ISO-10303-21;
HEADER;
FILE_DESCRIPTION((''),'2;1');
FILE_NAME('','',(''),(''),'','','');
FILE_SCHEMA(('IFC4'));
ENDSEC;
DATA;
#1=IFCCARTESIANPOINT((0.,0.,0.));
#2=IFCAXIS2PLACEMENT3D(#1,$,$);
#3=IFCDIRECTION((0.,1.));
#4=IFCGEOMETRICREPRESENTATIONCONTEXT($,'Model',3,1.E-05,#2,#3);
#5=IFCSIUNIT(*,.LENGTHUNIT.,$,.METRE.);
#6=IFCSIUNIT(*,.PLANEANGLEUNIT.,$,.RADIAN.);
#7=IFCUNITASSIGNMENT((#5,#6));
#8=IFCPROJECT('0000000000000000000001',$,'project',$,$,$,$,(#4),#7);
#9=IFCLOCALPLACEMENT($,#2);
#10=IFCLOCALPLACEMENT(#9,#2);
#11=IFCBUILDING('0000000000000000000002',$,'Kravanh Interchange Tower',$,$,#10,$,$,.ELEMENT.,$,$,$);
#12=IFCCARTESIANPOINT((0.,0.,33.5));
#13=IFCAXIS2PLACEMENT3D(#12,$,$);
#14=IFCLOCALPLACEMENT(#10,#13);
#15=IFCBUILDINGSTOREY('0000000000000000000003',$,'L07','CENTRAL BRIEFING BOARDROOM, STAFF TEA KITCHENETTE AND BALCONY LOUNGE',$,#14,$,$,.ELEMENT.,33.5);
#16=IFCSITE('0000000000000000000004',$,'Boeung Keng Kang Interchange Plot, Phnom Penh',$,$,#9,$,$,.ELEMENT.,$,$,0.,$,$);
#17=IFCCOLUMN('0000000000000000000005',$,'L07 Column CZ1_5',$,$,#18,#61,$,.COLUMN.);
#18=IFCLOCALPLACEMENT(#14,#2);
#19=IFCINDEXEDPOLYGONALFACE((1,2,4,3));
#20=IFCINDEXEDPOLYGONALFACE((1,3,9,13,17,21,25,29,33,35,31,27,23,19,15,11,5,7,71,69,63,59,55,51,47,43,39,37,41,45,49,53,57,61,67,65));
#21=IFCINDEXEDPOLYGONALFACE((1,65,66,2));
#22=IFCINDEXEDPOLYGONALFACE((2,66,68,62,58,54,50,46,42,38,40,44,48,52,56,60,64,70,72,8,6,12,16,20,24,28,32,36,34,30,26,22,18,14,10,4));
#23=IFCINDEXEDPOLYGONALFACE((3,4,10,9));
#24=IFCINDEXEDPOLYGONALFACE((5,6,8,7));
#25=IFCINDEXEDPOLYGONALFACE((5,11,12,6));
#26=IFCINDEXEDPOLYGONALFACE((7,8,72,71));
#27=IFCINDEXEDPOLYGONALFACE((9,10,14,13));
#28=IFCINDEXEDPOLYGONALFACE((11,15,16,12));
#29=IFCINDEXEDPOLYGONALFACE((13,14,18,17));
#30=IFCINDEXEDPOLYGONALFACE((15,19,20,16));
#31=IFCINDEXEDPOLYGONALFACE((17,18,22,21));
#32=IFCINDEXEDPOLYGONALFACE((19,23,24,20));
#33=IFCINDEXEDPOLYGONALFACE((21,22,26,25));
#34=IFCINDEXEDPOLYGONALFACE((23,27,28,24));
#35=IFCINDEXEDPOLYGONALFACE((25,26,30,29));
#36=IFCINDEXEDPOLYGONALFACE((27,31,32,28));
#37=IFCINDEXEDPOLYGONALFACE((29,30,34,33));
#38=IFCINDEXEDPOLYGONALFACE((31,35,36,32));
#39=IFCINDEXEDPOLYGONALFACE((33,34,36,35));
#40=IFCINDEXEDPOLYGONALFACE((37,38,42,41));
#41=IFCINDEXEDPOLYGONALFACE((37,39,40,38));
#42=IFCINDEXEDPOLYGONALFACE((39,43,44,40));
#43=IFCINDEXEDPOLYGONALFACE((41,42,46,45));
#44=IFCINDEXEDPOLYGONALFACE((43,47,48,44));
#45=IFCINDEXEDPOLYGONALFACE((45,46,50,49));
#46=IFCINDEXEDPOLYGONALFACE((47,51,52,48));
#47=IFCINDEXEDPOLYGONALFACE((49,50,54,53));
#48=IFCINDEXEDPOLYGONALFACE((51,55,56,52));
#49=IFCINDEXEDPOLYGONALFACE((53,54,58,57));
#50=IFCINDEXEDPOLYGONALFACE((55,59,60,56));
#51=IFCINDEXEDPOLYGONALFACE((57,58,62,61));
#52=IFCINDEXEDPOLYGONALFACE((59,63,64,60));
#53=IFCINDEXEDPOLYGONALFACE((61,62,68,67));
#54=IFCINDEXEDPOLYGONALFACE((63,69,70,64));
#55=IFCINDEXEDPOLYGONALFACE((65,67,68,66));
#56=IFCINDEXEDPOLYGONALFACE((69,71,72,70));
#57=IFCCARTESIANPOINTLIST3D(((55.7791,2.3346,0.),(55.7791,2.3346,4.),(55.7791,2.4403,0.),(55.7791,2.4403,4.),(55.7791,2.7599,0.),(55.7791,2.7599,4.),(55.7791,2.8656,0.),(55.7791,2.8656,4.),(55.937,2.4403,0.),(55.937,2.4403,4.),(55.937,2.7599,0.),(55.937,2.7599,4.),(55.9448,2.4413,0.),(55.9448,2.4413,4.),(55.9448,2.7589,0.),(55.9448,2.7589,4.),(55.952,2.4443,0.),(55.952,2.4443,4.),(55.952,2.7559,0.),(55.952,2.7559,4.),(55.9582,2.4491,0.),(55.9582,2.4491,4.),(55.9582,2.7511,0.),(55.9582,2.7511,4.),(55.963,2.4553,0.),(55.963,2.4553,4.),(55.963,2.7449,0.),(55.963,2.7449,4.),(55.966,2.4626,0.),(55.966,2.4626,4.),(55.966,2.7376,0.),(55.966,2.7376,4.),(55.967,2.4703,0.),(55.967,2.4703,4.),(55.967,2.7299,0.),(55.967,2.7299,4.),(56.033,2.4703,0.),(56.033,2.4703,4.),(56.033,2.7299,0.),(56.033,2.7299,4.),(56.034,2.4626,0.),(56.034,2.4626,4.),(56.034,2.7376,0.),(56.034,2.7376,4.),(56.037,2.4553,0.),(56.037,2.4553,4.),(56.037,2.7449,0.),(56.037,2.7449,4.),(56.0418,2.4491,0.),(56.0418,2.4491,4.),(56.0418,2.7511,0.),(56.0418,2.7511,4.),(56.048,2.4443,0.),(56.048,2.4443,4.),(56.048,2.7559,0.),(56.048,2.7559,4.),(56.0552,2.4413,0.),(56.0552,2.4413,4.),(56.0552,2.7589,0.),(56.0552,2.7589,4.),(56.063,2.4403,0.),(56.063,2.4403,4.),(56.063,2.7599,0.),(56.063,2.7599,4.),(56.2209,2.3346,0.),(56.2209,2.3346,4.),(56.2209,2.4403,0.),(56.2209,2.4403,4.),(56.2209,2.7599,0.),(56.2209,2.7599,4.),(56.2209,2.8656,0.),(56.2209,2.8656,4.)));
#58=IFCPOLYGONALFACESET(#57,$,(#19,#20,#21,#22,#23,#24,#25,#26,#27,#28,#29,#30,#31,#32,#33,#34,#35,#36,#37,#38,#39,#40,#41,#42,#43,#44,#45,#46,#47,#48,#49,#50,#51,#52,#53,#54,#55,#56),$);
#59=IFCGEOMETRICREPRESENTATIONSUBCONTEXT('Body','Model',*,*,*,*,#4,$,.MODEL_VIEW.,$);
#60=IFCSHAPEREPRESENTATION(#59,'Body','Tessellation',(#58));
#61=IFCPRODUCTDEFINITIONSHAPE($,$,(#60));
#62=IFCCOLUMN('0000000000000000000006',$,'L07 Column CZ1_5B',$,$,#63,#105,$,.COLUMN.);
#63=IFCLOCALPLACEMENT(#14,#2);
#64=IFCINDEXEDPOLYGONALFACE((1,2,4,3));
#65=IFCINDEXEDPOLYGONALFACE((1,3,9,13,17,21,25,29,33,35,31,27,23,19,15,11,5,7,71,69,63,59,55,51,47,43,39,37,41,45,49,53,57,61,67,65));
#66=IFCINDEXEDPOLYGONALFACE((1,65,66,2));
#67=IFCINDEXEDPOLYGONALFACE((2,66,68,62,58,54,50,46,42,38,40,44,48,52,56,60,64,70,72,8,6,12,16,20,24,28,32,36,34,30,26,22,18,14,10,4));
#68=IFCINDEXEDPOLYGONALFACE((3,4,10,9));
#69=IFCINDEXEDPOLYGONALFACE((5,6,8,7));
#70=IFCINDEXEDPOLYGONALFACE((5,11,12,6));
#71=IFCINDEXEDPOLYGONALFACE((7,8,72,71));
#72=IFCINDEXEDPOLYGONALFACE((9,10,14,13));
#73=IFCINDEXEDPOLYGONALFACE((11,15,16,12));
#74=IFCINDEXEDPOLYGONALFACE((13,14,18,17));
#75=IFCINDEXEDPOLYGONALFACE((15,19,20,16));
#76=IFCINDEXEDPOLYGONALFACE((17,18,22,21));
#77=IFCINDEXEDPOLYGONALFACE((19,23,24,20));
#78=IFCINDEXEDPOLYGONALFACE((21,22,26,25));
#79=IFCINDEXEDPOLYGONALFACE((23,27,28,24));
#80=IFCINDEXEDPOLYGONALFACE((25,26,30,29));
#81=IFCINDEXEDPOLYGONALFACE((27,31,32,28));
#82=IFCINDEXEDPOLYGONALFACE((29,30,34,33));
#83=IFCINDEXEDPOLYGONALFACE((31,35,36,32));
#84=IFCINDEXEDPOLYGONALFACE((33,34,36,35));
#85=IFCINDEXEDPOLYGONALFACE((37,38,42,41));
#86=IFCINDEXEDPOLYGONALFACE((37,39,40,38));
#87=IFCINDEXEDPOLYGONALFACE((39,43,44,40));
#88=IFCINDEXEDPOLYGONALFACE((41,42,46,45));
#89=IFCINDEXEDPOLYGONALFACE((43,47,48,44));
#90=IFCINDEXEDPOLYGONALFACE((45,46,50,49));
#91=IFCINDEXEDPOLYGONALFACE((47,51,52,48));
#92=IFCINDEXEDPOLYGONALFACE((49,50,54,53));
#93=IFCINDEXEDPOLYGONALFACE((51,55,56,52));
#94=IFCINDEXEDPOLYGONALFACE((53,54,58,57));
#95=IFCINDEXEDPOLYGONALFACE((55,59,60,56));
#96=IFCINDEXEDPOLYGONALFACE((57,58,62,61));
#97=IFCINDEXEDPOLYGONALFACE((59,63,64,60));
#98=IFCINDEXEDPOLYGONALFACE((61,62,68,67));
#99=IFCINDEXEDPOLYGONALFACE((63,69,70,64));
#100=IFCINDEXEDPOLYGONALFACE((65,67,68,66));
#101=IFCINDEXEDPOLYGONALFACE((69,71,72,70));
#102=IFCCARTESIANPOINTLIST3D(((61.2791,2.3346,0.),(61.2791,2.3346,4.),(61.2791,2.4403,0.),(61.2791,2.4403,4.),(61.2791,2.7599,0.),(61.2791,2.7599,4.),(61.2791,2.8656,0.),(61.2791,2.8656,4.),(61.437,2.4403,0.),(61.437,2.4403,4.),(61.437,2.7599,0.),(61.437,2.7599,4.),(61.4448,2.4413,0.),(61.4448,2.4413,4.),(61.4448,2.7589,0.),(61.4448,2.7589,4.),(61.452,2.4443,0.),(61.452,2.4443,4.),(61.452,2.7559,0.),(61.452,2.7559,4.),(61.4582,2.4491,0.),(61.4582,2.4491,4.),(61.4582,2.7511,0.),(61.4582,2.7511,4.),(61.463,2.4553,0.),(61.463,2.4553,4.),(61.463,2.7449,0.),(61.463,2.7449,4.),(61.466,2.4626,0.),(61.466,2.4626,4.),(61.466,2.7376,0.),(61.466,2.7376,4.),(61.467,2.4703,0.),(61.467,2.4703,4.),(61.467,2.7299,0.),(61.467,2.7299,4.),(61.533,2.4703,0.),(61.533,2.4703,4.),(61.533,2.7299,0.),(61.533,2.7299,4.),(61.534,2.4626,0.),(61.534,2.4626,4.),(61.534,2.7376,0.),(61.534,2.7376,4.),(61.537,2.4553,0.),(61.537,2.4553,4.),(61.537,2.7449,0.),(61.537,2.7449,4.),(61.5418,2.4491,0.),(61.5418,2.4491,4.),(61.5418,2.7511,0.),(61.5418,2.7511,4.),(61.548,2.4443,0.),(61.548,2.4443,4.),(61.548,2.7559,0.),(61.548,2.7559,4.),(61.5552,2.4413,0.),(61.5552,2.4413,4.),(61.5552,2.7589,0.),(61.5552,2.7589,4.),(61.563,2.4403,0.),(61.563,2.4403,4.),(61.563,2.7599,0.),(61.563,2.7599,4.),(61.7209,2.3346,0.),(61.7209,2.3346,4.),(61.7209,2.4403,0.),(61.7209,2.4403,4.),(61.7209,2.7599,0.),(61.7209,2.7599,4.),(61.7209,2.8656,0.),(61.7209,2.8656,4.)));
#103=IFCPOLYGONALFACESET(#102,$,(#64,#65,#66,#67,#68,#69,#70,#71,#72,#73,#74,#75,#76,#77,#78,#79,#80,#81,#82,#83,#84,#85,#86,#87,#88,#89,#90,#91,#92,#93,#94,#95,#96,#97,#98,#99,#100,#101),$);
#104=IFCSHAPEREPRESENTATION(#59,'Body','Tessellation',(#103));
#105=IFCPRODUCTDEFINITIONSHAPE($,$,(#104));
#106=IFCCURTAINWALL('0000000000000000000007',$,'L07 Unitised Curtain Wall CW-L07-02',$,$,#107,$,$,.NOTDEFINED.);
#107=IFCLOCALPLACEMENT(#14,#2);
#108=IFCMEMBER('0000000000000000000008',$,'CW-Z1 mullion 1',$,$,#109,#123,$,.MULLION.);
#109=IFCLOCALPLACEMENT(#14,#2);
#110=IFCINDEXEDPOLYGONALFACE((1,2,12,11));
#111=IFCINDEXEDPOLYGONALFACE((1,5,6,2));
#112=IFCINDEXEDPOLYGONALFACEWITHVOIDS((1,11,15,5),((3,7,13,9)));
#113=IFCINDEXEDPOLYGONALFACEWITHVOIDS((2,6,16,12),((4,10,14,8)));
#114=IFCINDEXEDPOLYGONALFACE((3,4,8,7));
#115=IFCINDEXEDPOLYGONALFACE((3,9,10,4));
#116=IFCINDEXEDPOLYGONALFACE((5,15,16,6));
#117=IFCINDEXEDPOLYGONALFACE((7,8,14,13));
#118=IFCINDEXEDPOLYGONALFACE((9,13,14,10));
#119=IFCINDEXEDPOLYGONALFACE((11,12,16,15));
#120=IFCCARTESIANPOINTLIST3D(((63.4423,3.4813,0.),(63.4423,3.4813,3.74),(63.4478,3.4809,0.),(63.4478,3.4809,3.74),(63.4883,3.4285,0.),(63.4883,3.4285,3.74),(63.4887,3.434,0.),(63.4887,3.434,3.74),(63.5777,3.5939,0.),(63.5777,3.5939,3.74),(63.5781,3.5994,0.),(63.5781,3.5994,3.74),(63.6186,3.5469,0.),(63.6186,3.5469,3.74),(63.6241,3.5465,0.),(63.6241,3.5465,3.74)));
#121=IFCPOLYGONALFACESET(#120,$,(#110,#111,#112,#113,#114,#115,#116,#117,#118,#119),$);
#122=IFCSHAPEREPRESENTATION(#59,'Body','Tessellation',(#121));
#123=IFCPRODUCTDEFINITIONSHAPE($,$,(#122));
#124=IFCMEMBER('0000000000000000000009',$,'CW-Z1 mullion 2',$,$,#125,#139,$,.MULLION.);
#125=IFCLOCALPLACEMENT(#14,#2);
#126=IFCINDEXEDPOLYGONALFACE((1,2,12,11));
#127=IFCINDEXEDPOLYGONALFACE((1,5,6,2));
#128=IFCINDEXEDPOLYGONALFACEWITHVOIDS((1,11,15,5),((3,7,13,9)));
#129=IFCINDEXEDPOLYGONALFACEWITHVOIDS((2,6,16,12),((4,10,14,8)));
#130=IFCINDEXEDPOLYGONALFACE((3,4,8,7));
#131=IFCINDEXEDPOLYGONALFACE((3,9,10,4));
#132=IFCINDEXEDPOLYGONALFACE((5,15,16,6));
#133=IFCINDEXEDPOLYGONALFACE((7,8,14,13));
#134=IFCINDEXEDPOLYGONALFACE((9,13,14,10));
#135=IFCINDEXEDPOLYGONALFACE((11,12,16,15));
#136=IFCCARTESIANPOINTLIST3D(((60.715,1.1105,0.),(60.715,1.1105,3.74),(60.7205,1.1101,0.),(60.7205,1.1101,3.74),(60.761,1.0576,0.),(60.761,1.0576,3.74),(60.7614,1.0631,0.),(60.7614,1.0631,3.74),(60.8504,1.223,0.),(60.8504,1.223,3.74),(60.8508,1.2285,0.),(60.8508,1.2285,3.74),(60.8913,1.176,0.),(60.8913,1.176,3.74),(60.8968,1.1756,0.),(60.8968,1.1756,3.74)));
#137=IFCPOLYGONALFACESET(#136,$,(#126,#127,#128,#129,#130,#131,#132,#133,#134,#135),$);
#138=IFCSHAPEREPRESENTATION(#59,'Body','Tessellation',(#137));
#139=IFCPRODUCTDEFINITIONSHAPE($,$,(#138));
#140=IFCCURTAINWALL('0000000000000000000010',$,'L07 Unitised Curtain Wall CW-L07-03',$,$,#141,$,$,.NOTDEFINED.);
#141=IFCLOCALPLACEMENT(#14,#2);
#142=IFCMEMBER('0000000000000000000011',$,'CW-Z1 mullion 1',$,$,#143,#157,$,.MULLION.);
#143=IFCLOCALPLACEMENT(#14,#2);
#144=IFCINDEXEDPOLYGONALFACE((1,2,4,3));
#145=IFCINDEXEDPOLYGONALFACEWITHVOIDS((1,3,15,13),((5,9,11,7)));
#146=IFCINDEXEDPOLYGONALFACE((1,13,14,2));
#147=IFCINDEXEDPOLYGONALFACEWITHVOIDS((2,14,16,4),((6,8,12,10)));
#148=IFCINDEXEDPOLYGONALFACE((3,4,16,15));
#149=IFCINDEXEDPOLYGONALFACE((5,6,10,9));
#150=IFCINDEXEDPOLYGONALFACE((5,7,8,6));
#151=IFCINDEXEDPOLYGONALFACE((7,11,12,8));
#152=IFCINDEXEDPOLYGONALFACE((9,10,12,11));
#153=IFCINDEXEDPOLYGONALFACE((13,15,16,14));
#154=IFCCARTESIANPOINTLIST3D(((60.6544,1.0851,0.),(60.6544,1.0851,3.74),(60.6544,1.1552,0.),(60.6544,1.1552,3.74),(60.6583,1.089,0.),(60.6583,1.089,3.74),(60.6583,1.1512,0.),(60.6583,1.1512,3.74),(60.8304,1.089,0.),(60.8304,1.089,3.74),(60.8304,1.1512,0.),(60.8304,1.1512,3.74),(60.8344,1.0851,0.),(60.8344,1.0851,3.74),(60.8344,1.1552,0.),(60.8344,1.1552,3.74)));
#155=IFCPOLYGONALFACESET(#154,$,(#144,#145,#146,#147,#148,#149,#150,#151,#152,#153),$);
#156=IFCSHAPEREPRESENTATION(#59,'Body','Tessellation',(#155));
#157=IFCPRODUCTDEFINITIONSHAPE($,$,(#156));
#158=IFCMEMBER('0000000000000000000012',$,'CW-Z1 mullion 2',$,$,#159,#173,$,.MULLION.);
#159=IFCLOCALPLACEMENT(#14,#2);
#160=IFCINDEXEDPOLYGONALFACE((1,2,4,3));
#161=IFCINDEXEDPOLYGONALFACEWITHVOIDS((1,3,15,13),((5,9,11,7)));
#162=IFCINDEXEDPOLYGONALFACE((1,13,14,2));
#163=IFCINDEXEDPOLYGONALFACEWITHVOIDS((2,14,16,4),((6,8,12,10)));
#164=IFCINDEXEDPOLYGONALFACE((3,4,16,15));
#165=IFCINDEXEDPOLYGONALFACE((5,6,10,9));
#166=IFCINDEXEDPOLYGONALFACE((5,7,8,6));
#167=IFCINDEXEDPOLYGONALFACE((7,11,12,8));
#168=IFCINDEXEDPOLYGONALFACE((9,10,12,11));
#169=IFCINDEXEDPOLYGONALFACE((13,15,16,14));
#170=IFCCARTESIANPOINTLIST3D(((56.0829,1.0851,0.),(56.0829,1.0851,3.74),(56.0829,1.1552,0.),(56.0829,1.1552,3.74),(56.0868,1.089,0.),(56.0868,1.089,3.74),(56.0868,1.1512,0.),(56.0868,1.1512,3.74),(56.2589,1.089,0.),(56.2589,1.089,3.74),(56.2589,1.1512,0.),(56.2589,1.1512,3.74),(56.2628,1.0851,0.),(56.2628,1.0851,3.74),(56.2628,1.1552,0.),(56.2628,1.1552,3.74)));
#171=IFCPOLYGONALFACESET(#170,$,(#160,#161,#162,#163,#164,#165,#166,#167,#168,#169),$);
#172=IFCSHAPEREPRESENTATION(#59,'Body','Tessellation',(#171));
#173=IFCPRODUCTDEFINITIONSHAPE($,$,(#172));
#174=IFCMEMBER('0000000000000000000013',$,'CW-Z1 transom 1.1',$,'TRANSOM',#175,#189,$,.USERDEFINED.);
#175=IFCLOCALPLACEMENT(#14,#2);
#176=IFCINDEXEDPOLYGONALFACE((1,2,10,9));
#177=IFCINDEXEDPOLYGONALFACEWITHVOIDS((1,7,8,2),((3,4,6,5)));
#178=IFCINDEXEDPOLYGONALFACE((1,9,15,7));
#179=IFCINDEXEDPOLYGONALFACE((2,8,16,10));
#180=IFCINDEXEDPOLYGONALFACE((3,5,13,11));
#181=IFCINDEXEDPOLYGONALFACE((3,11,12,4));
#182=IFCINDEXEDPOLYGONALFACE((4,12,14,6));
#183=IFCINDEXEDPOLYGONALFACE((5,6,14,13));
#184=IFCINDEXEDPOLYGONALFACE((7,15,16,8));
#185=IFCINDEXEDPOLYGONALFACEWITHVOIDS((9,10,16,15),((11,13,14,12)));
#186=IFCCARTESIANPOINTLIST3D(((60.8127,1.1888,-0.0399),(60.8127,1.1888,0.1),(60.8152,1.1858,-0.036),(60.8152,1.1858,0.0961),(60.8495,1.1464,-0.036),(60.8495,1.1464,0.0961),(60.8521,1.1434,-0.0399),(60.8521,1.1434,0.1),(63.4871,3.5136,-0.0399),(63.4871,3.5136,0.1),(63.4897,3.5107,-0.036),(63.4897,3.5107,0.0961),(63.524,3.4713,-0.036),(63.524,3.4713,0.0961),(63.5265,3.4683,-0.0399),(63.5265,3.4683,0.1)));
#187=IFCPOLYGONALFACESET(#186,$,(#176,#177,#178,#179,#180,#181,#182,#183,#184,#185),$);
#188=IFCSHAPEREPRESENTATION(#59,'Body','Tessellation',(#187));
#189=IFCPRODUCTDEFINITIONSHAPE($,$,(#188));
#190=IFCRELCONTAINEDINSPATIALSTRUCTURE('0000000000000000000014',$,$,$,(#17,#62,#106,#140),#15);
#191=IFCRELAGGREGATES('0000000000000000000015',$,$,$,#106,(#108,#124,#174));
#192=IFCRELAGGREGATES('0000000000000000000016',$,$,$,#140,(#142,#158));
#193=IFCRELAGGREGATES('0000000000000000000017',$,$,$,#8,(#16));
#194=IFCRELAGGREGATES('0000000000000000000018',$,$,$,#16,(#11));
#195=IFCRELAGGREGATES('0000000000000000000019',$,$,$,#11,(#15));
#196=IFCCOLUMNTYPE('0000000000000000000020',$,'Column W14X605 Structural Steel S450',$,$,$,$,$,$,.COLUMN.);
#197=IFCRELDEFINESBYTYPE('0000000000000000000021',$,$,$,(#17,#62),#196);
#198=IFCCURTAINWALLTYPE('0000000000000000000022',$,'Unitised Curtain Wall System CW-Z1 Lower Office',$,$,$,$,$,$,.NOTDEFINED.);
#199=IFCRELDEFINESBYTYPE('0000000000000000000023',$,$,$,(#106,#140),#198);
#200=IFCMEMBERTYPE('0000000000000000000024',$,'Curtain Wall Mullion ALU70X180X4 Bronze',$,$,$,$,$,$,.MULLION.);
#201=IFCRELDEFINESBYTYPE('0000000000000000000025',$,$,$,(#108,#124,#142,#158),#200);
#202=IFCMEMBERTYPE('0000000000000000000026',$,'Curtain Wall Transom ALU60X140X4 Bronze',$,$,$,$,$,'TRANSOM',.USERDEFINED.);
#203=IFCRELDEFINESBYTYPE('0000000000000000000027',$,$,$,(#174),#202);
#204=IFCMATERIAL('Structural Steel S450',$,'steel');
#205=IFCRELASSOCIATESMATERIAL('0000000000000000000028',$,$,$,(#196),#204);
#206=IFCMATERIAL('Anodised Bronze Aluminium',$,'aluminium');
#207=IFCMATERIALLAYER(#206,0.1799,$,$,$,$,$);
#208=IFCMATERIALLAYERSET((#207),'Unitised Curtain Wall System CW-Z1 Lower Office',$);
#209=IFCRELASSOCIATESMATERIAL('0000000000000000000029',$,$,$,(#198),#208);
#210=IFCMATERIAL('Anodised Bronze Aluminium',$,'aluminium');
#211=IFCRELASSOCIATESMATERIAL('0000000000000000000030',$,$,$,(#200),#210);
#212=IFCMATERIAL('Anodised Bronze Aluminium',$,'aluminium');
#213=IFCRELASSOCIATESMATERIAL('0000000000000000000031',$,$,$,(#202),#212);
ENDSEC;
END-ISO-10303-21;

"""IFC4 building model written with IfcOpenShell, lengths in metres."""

from ifc_helpers import new_model, si_unit, direction, frame, origin, origin_2d, place, context, subcontext, project, spatial, hollow_rectangle, i_section, extrude, material, layer, layer_set, material_profile, profile_set, type_object, element, aggregate, save


model = new_model("IFC4")

# Units and contexts
model_context = context("Model", 3, precision=1e-05, world=origin(), true_north=direction((0.0, 1.0)))
body_context = subcontext(model_context, "Body", "Model", "MODEL_VIEW")
ifc_project = project(units=[si_unit("LENGTHUNIT", "METRE"), si_unit("PLANEANGLEUNIT", "RADIAN")], contexts=[model_context])

# Site, building, storey
site_placement = place(None, origin())
site = spatial("IfcSite", under=ifc_project, at=site_placement, Name="Boeung Keng Kang Interchange Plot, Phnom Penh", CompositionType="ELEMENT", RefElevation=0.0)
building_placement = place(site_placement, origin())
building = spatial("IfcBuilding", under=site, at=building_placement, Name="Kravanh Interchange Tower", CompositionType="ELEMENT")
storey_placement = place(building_placement, frame((0.0, 0.0, 33.5)))
storey = spatial("IfcBuildingStorey", under=building, at=storey_placement, Name="L07", Description="CENTRAL BRIEFING BOARDROOM, STAFF TEA KITCHENETTE AND BALCONY LOUNGE", CompositionType="ELEMENT", Elevation=33.5)

# Columns
ifc_material_1 = material(Name="Structural Steel S450", Category="steel")
ifc_material_profile_1 = material_profile(ifc_material_1, i_section(OverallWidth=0.4419, OverallDepth=0.531, WebThickness=0.0659, FlangeThickness=0.1057, FilletRadius=0.03, at=origin_2d()), Name="W14X605")
ifc_profile_set_1 = profile_set([ifc_material_profile_1], Name="Structural Steel S450")
column_type = type_object("IfcColumnType", Name="Column W14X605 Structural Steel S450", PredefinedType="COLUMN", material=ifc_profile_set_1)
for number, where, z_axis, x_axis, name in (
    (1, (56.0, 2.6001, 0.0), (0.0, 0.0, 1.0), (1.0, 0.0, 0.0), "L07 Column CZ1_5"),
    (2, (61.5, 2.6001, 0.0), (0.0, 0.0, 1.0), (1.0, 0.0, 0.0), "L07 Column CZ1_5B"),
):
    element("IfcColumn", number, at=place(storey_placement, frame(where, z_axis=z_axis, x_axis=x_axis)), inside=storey, type_object=column_type, Name=name, PredefinedType="COLUMN", context=body_context, shape_type="SweptSolid", body=[
        extrude(i_section(OverallWidth=0.4419, OverallDepth=0.531, WebThickness=0.0659, FlangeThickness=0.1057, FilletRadius=0.03, at=origin_2d()), origin(), (0.0, 0.0, 1.0), 4.0),
    ])

# Curtain walls, members
ifc_material_2 = material(Name="Anodised Bronze Aluminium", Category="aluminium")
ifc_layer_1 = layer(ifc_material_2, 0.1799)
ifc_layer_set_1 = layer_set([ifc_layer_1], Name="Unitised Curtain Wall System CW-Z1 Lower Office")
curtain_wall_type = type_object("IfcCurtainWallType", Name="Unitised Curtain Wall System CW-Z1 Lower Office", PredefinedType="NOTDEFINED", material=ifc_layer_set_1)
curtain_wall_1_placement = place(storey_placement, origin())
curtain_wall_1 = element("IfcCurtainWall", 3, at=curtain_wall_1_placement, inside=storey, type_object=curtain_wall_type, Name="L07 Unitised Curtain Wall CW-L07-02", PredefinedType="NOTDEFINED")
ifc_material_3 = material(Name="Anodised Bronze Aluminium", Category="aluminium")
ifc_material_profile_2 = material_profile(ifc_material_3, hollow_rectangle(XDim=0.0701, YDim=0.1799, WallThickness=0.0039, at=origin_2d()), Name="ALU70X180X4")
ifc_profile_set_2 = profile_set([ifc_material_profile_2], Name="Anodised Bronze Aluminium")
member_type_1 = type_object("IfcMemberType", Name="Curtain Wall Mullion ALU70X180X4 Bronze", PredefinedType="MULLION", material=ifc_profile_set_2)
member_1_placement = place(storey_placement, frame((63.5332, 3.5139, 0.0), z_axis=(0.0, 0.0, 1.0), x_axis=(0.65606, -0.754708, 0.0)))
member_1 = element("IfcMember", 4, at=member_1_placement, type_object=member_type_1, Name="CW-Z1 mullion 1", PredefinedType="MULLION", context=body_context, shape_type="SweptSolid", body=[
    extrude(hollow_rectangle(XDim=0.0701, YDim=0.1799, WallThickness=0.0039, at=origin_2d()), origin(), (0.0, 0.0, 1.0), 3.74),
])
member_2_placement = place(storey_placement, frame((60.8059, 1.1431, 0.0), z_axis=(0.0, 0.0, 1.0), x_axis=(0.65606, -0.754708, 0.0)))
member_2 = element("IfcMember", 5, at=member_2_placement, type_object=member_type_1, Name="CW-Z1 mullion 2", PredefinedType="MULLION", context=body_context, shape_type="SweptSolid", body=[
    extrude(hollow_rectangle(XDim=0.0701, YDim=0.1799, WallThickness=0.0039, at=origin_2d()), origin(), (0.0, 0.0, 1.0), 3.74),
])
curtain_wall_2_placement = place(storey_placement, origin())
curtain_wall_2 = element("IfcCurtainWall", 6, at=curtain_wall_2_placement, inside=storey, type_object=curtain_wall_type, Name="L07 Unitised Curtain Wall CW-L07-03", PredefinedType="NOTDEFINED")
member_3_placement = place(storey_placement, frame((60.7444, 1.1201, 0.0), z_axis=(0.0, 0.0, 1.0), x_axis=(0.0, -1.0, 0.0)))
member_3 = element("IfcMember", 7, at=member_3_placement, type_object=member_type_1, Name="CW-Z1 mullion 1", PredefinedType="MULLION", context=body_context, shape_type="SweptSolid", body=[
    extrude(hollow_rectangle(XDim=0.0701, YDim=0.1799, WallThickness=0.0039, at=origin_2d()), origin(), (0.0, 0.0, 1.0), 3.74),
])
member_4_placement = place(storey_placement, frame((56.1729, 1.1201, 0.0), z_axis=(0.0, 0.0, 1.0), x_axis=(0.0, -1.0, 0.0)))
member_4 = element("IfcMember", 8, at=member_4_placement, type_object=member_type_1, Name="CW-Z1 mullion 2", PredefinedType="MULLION", context=body_context, shape_type="SweptSolid", body=[
    extrude(hollow_rectangle(XDim=0.0701, YDim=0.1799, WallThickness=0.0039, at=origin_2d()), origin(), (0.0, 0.0, 1.0), 3.74),
])

# Member
ifc_material_4 = material(Name="Anodised Bronze Aluminium", Category="aluminium")
ifc_material_profile_3 = material_profile(ifc_material_4, hollow_rectangle(XDim=0.0601, YDim=0.1399, WallThickness=0.0039, at=origin_2d()), Name="ALU60X140X4")
ifc_profile_set_3 = profile_set([ifc_material_profile_3], Name="Anodised Bronze Aluminium")
member_type_2 = type_object("IfcMemberType", Name="Curtain Wall Transom ALU60X140X4 Bronze", ElementType="TRANSOM", PredefinedType="USERDEFINED", material=ifc_profile_set_3)
member_5_placement = place(storey_placement, frame((63.5068, 3.491, 0.03), z_axis=(-0.754711, -0.656058, 0.0), x_axis=(0.656058, -0.754711, 0.0)))
member_5 = element("IfcMember", 9, at=member_5_placement, type_object=member_type_2, Name="CW-Z1 transom 1.1", ObjectType="TRANSOM", PredefinedType="USERDEFINED", context=body_context, shape_type="SweptSolid", body=[
    extrude(hollow_rectangle(XDim=0.0601, YDim=0.1399, WallThickness=0.0039, at=origin_2d()), origin(), (0.0, 0.0, 1.0), 3.5437),
])

aggregate(curtain_wall_1, [member_1, member_2, member_5])
aggregate(curtain_wall_2, [member_3, member_4])

save(model, "model.ifc")
